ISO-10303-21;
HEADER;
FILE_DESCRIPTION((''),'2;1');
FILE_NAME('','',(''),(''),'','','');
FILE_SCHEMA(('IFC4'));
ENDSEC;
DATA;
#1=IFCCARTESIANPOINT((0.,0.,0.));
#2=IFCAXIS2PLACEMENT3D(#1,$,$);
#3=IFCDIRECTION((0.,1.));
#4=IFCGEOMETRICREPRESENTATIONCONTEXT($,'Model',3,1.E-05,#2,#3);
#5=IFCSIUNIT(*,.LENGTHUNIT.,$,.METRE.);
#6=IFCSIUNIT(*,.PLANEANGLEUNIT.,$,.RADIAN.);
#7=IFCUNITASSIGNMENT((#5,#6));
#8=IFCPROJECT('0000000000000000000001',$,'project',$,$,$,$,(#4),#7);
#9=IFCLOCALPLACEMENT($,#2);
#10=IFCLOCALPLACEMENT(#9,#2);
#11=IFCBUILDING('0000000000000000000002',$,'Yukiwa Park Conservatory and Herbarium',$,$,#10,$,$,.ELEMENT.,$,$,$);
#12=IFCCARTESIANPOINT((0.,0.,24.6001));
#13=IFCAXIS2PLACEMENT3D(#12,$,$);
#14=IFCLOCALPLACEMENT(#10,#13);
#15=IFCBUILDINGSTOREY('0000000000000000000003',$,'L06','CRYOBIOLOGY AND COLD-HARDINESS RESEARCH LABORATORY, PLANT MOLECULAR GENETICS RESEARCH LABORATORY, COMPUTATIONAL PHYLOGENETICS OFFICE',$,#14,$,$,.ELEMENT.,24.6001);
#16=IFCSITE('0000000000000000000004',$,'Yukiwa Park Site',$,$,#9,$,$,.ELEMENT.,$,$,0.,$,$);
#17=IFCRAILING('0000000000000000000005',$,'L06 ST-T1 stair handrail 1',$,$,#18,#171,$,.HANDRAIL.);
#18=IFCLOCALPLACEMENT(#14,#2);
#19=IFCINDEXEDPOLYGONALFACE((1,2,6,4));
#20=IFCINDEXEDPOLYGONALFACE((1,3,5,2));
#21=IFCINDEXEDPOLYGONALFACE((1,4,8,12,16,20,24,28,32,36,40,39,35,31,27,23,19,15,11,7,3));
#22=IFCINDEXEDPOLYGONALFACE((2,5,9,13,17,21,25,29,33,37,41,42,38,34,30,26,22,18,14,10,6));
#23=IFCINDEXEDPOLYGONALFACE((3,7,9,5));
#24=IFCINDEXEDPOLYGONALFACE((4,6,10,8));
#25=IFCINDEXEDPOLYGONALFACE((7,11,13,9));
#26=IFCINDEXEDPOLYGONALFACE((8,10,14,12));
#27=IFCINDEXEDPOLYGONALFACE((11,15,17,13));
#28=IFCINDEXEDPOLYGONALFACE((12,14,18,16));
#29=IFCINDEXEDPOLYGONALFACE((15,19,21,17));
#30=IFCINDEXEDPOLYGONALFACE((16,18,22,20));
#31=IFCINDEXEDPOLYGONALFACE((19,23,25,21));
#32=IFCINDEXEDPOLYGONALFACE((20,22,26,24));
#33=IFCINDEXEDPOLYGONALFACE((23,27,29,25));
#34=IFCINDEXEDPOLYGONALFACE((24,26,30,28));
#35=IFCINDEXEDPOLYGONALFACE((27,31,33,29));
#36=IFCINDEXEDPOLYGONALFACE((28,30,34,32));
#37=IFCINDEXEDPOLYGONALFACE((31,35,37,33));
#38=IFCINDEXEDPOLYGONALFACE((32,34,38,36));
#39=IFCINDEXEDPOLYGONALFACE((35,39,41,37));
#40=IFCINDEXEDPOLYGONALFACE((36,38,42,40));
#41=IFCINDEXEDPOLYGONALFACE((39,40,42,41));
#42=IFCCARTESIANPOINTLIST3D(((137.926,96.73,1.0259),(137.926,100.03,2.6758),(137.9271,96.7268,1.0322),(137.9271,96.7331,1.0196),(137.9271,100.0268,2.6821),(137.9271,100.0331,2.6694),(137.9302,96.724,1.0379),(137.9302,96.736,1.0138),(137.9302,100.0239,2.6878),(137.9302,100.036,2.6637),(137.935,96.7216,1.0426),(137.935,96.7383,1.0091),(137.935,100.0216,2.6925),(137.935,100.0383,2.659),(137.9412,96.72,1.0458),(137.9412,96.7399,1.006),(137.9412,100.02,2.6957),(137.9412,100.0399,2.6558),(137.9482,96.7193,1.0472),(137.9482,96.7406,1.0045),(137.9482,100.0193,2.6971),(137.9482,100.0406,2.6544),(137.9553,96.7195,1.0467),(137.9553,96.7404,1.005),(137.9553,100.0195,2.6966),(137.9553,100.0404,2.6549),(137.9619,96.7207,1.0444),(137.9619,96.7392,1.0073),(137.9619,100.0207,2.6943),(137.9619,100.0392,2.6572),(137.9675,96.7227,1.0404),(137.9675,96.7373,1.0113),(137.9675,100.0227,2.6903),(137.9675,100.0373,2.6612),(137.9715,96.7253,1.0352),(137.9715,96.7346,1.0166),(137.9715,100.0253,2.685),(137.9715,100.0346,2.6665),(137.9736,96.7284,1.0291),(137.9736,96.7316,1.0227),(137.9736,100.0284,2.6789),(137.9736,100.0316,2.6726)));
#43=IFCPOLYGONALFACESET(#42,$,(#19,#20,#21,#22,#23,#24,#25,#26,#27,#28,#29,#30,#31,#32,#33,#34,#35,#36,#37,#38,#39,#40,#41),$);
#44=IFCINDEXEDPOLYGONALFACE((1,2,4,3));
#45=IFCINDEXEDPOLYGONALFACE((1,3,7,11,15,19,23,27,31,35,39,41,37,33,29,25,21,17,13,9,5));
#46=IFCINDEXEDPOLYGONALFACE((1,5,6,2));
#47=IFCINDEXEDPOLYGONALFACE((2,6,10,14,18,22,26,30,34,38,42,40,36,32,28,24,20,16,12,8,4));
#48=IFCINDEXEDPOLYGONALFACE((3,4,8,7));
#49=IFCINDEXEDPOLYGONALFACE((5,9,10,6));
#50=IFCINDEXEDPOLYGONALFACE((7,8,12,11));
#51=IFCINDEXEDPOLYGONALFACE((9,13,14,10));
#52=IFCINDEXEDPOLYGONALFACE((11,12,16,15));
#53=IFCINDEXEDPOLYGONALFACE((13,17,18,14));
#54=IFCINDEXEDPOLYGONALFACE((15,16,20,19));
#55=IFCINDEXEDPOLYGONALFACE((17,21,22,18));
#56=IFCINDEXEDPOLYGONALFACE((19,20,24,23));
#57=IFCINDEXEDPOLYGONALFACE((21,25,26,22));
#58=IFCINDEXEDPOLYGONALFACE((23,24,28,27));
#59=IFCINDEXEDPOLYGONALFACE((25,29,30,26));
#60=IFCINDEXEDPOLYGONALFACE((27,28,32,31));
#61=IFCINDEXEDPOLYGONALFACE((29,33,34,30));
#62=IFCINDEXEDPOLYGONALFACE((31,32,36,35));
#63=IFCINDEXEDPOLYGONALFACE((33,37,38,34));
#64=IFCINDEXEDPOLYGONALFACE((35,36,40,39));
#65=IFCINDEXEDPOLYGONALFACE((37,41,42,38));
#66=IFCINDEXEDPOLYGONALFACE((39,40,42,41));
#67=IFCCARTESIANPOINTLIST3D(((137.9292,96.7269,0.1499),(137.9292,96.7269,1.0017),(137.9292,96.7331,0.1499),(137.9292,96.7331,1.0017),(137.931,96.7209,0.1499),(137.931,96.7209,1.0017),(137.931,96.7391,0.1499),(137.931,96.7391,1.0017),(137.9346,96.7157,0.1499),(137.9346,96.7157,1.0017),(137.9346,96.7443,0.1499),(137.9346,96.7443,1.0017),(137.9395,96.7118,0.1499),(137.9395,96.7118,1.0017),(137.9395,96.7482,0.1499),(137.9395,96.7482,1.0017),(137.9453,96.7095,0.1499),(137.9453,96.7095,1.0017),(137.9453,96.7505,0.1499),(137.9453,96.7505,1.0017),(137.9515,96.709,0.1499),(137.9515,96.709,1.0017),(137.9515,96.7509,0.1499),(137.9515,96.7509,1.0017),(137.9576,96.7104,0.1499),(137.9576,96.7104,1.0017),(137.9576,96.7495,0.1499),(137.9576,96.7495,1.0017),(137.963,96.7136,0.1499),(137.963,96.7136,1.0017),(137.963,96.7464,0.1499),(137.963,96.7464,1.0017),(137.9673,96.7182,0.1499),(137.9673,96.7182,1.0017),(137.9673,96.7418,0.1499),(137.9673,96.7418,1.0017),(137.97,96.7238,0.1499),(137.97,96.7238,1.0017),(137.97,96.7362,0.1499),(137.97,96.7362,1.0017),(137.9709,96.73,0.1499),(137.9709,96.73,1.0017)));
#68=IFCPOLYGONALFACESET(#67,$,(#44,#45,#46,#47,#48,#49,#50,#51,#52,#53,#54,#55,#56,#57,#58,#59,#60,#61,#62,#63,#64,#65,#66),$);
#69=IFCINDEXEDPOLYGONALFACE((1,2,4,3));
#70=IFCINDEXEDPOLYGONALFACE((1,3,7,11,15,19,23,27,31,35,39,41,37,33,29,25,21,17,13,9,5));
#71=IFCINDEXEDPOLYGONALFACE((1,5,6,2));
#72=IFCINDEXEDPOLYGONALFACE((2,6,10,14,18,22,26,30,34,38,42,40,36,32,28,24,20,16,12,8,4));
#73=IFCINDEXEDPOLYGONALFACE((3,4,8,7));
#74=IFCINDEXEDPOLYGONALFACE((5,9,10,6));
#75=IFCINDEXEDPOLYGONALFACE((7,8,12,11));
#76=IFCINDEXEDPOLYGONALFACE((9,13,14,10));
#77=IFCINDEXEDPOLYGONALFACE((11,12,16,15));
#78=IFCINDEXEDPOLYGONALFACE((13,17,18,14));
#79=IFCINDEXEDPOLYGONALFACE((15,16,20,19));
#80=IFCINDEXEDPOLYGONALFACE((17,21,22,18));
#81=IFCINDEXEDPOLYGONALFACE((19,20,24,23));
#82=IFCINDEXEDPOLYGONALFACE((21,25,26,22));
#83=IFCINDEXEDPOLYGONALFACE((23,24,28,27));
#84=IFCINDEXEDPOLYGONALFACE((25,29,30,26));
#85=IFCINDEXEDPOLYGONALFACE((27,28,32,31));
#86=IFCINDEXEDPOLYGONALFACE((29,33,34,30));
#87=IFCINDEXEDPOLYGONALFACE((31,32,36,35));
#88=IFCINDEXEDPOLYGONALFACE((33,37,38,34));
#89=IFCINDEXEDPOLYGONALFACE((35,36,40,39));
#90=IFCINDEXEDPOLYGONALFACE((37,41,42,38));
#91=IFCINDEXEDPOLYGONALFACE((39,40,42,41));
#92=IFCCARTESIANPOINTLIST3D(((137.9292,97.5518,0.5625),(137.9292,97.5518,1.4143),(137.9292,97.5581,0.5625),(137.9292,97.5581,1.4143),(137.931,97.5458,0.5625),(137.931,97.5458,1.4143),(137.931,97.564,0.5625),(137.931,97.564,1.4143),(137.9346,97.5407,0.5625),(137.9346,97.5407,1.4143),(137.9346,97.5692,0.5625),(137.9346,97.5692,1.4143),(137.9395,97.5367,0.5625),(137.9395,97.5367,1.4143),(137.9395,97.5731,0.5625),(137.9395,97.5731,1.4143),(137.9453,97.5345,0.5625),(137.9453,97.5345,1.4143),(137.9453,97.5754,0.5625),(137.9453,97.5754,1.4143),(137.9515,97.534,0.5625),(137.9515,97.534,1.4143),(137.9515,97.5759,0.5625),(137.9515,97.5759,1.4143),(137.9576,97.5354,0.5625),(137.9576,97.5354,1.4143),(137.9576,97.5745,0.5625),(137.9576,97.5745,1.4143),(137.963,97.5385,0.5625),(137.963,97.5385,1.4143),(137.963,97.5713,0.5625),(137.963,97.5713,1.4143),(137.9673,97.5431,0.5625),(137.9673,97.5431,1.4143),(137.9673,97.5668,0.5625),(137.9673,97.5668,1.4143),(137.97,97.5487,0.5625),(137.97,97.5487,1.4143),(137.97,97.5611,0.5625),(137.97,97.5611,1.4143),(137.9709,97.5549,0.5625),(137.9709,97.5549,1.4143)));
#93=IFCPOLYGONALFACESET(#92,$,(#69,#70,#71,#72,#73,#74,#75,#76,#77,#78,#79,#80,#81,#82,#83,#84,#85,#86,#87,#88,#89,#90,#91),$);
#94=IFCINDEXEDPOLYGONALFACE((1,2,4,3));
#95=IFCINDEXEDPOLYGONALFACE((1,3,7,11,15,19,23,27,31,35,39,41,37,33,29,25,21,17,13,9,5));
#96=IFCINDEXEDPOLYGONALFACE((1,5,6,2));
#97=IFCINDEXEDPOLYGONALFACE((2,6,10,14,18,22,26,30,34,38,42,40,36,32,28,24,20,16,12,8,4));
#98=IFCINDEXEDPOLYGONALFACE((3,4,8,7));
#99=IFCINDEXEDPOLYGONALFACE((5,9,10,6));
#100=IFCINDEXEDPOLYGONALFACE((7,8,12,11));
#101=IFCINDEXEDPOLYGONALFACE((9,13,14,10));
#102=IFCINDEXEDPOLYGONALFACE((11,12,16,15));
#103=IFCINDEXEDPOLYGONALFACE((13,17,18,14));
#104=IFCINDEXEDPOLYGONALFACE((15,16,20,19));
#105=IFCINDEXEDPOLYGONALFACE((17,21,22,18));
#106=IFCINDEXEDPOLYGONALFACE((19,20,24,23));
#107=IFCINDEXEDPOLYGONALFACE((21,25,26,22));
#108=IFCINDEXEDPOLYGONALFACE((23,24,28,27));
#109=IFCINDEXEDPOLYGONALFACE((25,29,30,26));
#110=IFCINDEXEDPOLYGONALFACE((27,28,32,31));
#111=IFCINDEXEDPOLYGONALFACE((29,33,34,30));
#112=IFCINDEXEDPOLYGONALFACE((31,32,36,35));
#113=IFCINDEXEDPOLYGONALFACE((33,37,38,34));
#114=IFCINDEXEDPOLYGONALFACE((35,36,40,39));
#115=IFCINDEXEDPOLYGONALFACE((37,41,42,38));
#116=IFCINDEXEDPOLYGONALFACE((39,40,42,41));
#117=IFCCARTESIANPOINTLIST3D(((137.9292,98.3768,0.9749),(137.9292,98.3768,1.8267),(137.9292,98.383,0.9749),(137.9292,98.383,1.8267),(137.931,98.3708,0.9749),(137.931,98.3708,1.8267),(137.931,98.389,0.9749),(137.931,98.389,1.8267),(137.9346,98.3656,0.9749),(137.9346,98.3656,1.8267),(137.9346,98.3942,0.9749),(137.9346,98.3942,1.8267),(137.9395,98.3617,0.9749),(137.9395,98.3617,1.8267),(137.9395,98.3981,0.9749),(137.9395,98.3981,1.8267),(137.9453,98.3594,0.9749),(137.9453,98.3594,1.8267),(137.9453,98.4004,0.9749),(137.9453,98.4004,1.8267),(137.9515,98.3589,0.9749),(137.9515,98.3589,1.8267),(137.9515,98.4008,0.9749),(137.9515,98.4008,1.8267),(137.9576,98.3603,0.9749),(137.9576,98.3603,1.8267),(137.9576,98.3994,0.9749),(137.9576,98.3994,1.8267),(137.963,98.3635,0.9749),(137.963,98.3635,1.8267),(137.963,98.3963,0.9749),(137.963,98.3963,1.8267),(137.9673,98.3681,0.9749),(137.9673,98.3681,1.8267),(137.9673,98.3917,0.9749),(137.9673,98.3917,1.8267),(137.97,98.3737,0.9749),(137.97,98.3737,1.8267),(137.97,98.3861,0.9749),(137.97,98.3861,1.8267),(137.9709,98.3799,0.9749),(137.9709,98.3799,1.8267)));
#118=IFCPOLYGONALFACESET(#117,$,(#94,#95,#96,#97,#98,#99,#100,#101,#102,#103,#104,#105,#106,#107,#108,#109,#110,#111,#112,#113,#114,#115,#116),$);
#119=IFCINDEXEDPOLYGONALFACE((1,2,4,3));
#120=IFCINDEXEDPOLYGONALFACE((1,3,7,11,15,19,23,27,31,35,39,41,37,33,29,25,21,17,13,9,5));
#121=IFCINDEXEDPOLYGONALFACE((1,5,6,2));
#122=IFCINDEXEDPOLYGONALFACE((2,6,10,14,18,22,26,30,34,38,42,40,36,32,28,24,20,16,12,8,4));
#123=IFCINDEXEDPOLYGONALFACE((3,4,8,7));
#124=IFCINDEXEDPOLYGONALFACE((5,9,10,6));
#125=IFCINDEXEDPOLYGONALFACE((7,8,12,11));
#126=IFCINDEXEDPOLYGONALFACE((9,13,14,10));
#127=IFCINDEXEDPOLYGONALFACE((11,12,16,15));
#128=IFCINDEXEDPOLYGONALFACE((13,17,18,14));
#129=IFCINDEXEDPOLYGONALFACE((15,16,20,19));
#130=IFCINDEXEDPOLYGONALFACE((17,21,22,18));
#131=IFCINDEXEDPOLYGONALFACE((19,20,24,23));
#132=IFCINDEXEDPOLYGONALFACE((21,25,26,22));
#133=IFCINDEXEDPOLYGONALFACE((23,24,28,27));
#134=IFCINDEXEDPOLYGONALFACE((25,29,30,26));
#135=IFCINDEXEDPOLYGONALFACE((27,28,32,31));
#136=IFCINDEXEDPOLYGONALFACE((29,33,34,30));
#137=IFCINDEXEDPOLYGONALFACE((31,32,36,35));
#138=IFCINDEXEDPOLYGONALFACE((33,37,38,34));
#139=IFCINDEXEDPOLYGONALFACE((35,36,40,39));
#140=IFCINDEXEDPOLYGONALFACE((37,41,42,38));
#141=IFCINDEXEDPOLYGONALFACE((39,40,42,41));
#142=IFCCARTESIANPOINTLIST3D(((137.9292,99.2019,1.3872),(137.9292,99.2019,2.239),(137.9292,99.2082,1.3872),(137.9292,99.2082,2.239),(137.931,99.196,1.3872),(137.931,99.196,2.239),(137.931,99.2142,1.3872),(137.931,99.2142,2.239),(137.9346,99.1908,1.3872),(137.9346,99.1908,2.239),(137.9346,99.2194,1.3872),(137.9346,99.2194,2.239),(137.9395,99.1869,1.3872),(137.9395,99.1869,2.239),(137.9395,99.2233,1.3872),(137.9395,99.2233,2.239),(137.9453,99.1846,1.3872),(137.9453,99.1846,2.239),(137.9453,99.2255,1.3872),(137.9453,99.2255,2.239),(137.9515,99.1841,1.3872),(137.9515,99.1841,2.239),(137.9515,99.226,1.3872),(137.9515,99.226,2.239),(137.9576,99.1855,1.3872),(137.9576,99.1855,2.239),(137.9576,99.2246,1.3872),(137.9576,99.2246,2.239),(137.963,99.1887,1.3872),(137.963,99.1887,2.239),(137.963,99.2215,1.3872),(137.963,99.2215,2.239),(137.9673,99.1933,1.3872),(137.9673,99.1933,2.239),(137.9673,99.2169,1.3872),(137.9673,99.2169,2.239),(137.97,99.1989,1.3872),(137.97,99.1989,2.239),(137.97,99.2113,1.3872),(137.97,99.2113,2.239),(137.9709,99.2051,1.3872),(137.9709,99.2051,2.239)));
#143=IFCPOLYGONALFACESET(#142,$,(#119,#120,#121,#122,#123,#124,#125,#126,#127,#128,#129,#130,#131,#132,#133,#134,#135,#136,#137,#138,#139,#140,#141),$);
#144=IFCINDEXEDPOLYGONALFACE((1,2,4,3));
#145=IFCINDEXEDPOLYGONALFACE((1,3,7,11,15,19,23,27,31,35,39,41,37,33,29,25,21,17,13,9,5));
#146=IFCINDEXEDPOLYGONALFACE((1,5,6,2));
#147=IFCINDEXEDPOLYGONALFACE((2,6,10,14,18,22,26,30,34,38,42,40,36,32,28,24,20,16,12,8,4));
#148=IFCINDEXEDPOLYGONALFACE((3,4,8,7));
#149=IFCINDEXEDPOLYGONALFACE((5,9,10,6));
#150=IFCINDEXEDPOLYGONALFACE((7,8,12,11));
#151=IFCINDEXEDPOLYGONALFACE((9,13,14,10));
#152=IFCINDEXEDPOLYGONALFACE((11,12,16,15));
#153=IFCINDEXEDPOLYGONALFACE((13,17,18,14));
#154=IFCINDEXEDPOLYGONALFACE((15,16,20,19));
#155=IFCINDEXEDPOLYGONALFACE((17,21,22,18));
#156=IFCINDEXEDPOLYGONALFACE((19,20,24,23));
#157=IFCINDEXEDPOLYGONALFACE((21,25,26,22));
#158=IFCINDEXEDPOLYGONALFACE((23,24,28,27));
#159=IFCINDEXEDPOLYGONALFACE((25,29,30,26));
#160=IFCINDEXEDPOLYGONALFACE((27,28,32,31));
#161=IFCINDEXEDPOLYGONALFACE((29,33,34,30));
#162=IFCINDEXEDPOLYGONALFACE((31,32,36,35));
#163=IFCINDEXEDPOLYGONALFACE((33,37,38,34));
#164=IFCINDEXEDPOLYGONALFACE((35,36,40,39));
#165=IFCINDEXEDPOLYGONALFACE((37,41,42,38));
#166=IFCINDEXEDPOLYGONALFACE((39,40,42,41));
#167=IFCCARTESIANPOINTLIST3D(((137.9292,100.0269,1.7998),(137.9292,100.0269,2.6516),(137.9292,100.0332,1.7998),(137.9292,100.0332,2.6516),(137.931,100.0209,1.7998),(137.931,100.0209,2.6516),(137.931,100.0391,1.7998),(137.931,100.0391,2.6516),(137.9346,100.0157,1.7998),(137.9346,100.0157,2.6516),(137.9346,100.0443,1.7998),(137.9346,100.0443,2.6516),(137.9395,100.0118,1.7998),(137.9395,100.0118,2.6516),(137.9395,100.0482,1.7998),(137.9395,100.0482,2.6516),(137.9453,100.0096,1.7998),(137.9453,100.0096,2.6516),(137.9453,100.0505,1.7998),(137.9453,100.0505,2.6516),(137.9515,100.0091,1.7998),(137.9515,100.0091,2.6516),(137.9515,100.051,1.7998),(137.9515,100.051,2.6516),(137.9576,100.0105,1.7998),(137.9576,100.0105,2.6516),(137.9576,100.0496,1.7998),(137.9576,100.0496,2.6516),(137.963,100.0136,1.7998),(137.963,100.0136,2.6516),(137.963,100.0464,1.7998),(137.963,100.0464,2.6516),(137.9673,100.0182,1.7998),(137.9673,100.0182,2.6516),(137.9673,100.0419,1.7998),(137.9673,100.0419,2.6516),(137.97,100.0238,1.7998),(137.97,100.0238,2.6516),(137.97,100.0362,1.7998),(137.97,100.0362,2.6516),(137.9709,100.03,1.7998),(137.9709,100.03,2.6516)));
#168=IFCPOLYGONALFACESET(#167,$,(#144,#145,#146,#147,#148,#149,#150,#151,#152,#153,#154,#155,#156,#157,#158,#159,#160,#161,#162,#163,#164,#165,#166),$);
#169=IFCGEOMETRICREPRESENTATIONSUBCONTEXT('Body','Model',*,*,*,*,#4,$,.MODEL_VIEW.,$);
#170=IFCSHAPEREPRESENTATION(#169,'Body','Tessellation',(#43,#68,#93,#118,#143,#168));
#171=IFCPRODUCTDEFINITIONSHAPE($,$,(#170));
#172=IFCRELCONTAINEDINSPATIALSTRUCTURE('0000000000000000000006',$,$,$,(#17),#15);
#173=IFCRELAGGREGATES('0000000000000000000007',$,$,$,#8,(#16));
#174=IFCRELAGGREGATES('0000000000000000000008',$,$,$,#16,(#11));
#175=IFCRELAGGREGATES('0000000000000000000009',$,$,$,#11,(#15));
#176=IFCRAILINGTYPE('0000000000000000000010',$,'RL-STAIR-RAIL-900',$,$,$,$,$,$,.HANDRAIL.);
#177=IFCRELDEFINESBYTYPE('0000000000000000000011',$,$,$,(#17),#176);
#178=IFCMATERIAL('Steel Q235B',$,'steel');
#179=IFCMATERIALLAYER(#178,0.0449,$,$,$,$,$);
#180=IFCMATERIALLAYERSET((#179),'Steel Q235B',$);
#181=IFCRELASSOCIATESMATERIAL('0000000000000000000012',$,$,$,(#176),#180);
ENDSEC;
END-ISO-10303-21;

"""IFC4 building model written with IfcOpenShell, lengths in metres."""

from ifc_helpers import new_model, si_unit, direction, frame, origin, origin_2d, place, context, subcontext, project, spatial, circle, extrude, material, layer, layer_set, type_object, element, save


model = new_model("IFC4")

# Units and contexts
model_context = context("Model", 3, precision=1e-05, world=origin(), true_north=direction((0.0, 1.0)))
body_context = subcontext(model_context, "Body", "Model", "MODEL_VIEW")
ifc_project = project(units=[si_unit("LENGTHUNIT", "METRE"), si_unit("PLANEANGLEUNIT", "RADIAN")], contexts=[model_context])

# Site, building, storey
site_placement = place(None, origin())
site = spatial("IfcSite", under=ifc_project, at=site_placement, Name="Yukiwa Park Site", CompositionType="ELEMENT", RefElevation=0.0)
building_placement = place(site_placement, origin())
building = spatial("IfcBuilding", under=site, at=building_placement, Name="Yukiwa Park Conservatory and Herbarium", CompositionType="ELEMENT")
storey_placement = place(building_placement, frame((0.0, 0.0, 24.6001)))
storey = spatial("IfcBuildingStorey", under=building, at=storey_placement, Name="L06", Description="CRYOBIOLOGY AND COLD-HARDINESS RESEARCH LABORATORY, PLANT MOLECULAR GENETICS RESEARCH LABORATORY, COMPUTATIONAL PHYLOGENETICS OFFICE", CompositionType="ELEMENT", Elevation=24.6001)

# Railing
ifc_material_1 = material(Name="Steel Q235B", Category="steel")
ifc_layer_1 = layer(ifc_material_1, 0.0449)
ifc_layer_set_1 = layer_set([ifc_layer_1], Name="Steel Q235B")
railing_type_1 = type_object("IfcRailingType", Name="RL-STAIR-RAIL-900", PredefinedType="HANDRAIL", material=ifc_layer_set_1)
railing_1_placement = place(storey_placement, frame((137.95, 96.73, 0.1499)))
element("IfcRailing", 1, at=railing_1_placement, inside=storey, type_object=railing_type_1, Name="L06 ST-T1 stair handrail 1", PredefinedType="HANDRAIL", context=body_context, shape_type="SweptSolid", body=[
    extrude(circle(Radius=0.0239, at=origin_2d()), frame((0.0, 0.0, 0.876), z_axis=(0.0, 0.89444, 0.447187), x_axis=(-1.0, 0.0, 0.0)), (0.0, 0.0, 1.0), 3.6895),
    extrude(circle(Radius=0.021, at=origin_2d()), origin(), (0.0, 0.0, 1.0), 0.8518),
    extrude(circle(Radius=0.021, at=origin_2d()), frame((0.0, 0.825, 0.4126)), (0.0, 0.0, 1.0), 0.8518),
    extrude(circle(Radius=0.021, at=origin_2d()), frame((0.0, 1.6499, 0.825)), (0.0, 0.0, 1.0), 0.8518),
    extrude(circle(Radius=0.021, at=origin_2d()), frame((0.0, 2.4751, 1.2373)), (0.0, 0.0, 1.0), 0.8518),
    extrude(circle(Radius=0.021, at=origin_2d()), frame((0.0, 3.3, 1.6499)), (0.0, 0.0, 1.0), 0.8518),
])

save(model, "model.ifc")
